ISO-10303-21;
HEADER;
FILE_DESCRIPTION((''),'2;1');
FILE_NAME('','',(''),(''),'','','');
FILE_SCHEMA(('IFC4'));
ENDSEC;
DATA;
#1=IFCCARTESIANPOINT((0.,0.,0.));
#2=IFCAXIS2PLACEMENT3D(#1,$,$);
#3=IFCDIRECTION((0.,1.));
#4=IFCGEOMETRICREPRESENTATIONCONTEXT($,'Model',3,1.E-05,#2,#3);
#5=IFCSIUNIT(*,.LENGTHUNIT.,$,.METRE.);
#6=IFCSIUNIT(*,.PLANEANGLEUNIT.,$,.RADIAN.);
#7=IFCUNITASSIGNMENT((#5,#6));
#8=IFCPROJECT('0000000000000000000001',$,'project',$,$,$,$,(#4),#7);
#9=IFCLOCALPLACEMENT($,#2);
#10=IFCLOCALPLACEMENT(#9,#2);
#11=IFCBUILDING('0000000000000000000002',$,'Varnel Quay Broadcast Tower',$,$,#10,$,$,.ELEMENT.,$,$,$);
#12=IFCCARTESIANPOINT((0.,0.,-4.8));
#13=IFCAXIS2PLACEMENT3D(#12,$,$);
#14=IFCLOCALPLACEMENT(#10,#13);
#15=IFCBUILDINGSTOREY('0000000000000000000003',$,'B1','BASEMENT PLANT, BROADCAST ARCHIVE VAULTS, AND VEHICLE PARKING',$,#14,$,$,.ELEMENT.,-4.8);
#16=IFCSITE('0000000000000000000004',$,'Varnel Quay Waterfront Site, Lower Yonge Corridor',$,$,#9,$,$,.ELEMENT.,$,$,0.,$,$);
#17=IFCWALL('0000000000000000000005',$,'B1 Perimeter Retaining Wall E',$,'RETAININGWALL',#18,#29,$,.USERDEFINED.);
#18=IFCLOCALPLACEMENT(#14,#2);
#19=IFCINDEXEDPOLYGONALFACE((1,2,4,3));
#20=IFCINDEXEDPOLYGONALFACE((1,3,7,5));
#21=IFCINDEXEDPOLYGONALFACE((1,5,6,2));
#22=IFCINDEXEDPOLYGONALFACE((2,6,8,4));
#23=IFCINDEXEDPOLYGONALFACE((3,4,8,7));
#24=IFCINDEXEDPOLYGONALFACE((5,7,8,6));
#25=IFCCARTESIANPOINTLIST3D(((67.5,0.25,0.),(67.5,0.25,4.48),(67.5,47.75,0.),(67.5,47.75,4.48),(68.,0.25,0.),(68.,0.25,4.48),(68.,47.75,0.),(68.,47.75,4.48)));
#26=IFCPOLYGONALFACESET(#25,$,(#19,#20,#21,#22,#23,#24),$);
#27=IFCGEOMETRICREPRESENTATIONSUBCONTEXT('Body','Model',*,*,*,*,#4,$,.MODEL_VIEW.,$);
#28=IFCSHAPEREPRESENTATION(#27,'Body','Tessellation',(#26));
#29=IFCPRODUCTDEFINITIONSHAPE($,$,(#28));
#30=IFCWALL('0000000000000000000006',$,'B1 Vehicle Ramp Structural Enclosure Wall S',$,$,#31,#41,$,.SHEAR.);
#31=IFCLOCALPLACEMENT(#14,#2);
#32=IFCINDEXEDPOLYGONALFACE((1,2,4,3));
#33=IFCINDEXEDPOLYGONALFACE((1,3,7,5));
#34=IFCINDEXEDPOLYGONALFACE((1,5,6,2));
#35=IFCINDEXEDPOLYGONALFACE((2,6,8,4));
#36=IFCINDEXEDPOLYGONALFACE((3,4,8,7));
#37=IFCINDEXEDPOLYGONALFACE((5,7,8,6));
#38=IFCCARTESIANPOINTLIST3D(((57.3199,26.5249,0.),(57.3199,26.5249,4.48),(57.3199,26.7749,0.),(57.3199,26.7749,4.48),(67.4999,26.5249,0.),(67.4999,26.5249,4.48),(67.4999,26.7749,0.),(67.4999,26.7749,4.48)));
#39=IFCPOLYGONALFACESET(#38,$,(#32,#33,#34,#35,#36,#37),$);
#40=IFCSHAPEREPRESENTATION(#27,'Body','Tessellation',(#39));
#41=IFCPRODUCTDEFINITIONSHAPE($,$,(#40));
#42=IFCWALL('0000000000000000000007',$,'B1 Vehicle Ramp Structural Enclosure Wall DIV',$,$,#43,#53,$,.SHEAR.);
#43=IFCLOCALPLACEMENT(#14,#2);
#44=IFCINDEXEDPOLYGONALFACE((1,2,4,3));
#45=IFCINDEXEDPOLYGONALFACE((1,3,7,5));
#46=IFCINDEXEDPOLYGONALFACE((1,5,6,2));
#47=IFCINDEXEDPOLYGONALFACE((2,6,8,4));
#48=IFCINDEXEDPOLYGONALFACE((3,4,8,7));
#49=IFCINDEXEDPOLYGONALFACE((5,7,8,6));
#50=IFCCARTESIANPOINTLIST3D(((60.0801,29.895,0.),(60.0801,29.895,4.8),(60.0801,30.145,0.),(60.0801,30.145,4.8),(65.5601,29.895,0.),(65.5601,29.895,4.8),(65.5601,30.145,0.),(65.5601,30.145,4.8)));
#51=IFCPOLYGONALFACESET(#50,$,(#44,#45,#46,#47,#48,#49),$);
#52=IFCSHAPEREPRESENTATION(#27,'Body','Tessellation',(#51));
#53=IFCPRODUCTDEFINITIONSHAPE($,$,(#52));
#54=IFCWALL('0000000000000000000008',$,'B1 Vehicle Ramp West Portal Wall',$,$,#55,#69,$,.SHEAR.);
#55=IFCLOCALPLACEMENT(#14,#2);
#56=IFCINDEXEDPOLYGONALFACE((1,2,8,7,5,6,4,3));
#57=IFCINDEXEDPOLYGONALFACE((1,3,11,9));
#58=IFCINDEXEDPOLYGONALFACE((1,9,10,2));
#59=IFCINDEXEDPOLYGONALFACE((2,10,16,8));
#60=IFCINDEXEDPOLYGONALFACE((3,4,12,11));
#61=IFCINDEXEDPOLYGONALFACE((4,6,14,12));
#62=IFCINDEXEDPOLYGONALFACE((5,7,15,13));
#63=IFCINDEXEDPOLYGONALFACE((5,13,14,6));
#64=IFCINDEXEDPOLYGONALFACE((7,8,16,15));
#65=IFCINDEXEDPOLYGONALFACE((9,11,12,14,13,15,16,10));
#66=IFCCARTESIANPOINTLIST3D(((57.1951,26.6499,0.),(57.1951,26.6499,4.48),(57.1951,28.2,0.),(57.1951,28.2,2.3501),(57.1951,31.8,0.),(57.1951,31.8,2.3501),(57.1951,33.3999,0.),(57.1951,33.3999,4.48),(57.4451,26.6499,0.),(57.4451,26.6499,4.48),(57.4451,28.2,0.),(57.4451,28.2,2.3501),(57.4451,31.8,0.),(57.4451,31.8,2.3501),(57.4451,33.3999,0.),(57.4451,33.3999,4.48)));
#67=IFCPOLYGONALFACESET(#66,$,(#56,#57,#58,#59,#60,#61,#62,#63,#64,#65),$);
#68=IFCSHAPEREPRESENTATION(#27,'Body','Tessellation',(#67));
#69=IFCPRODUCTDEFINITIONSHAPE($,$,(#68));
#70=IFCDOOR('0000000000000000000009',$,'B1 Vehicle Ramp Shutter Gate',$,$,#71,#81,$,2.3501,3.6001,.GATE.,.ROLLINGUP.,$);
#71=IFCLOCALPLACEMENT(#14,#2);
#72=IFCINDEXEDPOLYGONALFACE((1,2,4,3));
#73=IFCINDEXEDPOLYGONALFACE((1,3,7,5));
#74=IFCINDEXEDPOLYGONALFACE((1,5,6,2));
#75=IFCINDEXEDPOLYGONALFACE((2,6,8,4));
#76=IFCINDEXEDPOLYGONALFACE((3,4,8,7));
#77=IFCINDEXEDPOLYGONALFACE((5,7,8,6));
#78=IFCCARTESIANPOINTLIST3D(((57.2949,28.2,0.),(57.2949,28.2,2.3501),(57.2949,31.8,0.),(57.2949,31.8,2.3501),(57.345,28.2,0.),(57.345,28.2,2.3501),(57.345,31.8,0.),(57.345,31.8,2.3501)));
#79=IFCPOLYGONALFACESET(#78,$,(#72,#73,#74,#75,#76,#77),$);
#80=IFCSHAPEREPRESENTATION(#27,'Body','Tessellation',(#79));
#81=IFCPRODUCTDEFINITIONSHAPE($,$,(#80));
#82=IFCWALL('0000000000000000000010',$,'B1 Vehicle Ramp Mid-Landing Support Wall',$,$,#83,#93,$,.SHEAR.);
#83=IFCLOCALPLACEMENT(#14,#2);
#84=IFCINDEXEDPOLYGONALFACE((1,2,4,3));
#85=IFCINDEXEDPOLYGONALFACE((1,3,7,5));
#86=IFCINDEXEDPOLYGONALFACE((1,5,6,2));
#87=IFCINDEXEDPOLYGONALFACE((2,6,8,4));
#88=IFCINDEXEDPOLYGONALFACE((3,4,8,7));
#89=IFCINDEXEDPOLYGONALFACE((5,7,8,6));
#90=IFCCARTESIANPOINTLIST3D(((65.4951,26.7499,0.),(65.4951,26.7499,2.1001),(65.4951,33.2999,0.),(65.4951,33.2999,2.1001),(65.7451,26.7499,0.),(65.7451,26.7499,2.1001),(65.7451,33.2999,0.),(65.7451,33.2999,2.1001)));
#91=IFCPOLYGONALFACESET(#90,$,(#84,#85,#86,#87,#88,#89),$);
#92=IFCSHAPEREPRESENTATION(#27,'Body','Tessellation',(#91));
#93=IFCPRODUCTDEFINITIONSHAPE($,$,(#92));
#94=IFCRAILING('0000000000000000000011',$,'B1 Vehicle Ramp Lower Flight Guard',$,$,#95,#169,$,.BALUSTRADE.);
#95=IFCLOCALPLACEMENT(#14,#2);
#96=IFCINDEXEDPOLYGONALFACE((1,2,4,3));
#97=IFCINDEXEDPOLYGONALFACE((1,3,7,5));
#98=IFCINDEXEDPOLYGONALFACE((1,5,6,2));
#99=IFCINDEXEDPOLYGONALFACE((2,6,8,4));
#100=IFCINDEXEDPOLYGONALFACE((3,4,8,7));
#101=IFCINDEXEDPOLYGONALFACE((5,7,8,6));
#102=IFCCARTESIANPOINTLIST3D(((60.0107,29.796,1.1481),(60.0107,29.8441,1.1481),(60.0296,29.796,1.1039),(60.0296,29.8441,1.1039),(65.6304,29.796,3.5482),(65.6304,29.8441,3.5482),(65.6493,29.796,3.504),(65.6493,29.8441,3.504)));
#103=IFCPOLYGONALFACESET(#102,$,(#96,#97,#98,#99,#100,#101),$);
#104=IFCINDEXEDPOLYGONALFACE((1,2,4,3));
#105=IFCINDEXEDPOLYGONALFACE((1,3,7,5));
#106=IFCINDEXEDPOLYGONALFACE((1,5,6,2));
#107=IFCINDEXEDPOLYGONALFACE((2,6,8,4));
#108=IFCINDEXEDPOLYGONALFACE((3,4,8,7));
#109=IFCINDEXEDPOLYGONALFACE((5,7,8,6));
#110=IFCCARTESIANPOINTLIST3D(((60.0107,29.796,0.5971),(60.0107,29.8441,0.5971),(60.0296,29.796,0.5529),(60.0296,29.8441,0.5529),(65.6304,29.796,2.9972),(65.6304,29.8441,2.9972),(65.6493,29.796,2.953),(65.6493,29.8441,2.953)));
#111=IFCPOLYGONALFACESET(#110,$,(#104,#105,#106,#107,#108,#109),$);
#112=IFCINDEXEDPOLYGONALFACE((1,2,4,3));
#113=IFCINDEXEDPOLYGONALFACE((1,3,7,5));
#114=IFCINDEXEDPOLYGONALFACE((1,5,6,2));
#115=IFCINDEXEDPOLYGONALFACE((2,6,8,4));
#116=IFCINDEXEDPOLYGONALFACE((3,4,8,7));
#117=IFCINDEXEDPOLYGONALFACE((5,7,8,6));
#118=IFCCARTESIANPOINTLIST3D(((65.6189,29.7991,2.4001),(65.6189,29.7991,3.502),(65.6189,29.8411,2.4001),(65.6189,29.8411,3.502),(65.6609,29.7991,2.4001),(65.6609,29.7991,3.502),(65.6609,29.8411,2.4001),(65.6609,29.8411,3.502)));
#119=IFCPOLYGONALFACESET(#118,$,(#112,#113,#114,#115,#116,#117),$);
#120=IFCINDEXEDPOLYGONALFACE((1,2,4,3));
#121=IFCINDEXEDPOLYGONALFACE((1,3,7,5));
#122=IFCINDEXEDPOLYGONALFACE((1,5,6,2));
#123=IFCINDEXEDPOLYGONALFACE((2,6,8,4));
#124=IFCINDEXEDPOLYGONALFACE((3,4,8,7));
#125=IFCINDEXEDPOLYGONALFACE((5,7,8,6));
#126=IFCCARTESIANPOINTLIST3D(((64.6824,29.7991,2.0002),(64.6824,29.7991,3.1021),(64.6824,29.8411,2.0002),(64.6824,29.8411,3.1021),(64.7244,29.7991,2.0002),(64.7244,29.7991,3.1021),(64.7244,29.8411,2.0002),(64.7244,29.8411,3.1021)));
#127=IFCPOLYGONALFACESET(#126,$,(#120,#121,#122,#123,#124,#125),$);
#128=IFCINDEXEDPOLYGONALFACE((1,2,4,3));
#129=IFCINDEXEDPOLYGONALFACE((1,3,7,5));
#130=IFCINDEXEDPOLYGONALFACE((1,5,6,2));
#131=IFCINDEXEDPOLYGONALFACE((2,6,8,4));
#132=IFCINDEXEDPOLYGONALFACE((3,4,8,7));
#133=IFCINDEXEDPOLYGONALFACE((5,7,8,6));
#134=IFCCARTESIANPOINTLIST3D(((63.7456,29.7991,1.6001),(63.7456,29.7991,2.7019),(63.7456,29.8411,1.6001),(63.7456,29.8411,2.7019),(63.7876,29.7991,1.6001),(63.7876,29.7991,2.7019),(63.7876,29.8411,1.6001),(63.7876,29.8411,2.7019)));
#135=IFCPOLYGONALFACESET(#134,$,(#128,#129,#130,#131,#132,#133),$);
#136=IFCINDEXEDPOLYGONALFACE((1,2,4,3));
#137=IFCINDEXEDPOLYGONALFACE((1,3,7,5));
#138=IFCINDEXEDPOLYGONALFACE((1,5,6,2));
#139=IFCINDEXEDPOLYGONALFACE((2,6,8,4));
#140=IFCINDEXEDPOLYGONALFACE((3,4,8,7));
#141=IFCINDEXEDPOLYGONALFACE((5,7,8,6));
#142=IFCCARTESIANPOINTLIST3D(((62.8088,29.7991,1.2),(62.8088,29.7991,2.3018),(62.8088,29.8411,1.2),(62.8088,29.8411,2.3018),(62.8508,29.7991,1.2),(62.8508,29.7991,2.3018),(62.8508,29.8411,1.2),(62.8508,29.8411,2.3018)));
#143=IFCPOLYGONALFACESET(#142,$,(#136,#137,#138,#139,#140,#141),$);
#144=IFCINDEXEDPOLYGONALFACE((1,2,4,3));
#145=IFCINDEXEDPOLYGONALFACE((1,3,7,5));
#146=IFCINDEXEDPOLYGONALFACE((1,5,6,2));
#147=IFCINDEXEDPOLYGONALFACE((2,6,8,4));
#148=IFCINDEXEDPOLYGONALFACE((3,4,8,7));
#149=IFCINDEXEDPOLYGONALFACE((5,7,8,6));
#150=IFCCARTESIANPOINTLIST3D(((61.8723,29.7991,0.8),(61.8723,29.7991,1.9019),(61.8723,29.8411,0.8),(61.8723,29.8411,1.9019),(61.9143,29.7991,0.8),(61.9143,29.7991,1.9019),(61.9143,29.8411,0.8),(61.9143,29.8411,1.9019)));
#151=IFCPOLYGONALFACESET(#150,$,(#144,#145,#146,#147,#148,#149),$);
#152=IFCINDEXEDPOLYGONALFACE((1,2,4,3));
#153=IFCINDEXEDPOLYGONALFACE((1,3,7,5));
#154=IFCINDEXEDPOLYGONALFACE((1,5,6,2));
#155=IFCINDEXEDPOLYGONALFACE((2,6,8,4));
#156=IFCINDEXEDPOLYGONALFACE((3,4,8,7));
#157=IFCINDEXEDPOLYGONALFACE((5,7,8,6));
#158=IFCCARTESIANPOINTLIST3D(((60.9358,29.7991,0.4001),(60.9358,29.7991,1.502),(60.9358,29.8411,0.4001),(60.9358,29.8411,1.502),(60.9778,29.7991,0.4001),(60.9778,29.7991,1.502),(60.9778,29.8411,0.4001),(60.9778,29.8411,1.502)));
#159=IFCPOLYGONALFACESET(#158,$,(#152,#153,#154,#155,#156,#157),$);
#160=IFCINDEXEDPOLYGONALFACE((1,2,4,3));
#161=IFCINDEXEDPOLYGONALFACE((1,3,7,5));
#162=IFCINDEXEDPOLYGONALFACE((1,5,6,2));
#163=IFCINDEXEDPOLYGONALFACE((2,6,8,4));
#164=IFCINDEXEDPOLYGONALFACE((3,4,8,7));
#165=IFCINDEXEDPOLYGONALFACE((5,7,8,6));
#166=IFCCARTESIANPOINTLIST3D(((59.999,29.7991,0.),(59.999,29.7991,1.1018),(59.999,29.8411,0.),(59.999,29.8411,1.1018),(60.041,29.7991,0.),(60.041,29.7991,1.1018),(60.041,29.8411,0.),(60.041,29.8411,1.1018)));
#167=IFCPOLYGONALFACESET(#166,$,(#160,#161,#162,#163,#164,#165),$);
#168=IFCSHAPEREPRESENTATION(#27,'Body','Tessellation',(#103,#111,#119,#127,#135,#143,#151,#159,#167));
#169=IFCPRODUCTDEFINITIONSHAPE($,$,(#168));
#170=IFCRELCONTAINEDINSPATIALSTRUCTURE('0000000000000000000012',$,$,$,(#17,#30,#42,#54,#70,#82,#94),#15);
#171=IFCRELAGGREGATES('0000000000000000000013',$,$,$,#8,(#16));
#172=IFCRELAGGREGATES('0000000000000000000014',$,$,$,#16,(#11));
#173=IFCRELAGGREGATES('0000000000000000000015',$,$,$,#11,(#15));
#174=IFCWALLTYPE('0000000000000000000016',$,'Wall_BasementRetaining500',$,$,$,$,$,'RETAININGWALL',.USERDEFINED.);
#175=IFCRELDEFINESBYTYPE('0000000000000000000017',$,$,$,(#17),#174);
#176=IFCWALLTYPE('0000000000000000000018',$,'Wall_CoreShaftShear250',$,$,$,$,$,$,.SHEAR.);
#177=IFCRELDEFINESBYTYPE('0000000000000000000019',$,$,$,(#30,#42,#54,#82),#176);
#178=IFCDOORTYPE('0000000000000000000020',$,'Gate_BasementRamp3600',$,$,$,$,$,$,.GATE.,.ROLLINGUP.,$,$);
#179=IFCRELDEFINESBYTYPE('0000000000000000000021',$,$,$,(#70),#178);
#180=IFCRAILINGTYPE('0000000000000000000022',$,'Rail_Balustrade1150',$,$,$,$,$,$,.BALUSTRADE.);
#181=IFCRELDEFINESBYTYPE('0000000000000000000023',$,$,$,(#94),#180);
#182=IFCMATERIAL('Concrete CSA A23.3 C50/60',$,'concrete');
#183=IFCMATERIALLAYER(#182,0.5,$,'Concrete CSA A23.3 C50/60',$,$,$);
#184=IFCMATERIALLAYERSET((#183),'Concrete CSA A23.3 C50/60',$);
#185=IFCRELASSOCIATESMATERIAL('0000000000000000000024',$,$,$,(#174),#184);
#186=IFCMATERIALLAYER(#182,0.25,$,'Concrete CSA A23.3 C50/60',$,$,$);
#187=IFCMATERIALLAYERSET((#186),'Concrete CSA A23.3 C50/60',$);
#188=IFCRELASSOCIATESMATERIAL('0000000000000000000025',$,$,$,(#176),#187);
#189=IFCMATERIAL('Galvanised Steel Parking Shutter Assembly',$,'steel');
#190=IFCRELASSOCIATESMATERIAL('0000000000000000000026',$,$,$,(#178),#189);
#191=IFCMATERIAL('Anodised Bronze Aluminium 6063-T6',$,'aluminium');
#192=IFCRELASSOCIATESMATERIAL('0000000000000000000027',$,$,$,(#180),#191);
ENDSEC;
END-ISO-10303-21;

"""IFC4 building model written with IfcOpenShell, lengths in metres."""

from ifc_helpers import new_model, si_unit, direction, frame, frame_2d, origin, origin_2d, place, context, subcontext, project, spatial, rectangle, extrude, source, transform, mapped, material, layer, layer_set, type_object, type_shapes, element, fill, save


model = new_model("IFC4")

# Units and contexts
model_context = context("Model", 3, precision=1e-05, world=origin(), true_north=direction((0.0, 1.0)))
body_context = subcontext(model_context, "Body", "Model", "MODEL_VIEW")
ifc_project = project(units=[si_unit("LENGTHUNIT", "METRE"), si_unit("PLANEANGLEUNIT", "RADIAN")], contexts=[model_context])

# Site, building, storey
site_placement = place(None, origin())
site = spatial("IfcSite", under=ifc_project, at=site_placement, Name="Varnel Quay Waterfront Site, Lower Yonge Corridor", CompositionType="ELEMENT", RefElevation=0.0)
building_placement = place(site_placement, origin())
building = spatial("IfcBuilding", under=site, at=building_placement, Name="Varnel Quay Broadcast Tower", CompositionType="ELEMENT")
storey_placement = place(building_placement, frame((0.0, 0.0, -4.8)))
storey = spatial("IfcBuildingStorey", under=building, at=storey_placement, Name="B1", Description="BASEMENT PLANT, BROADCAST ARCHIVE VAULTS, AND VEHICLE PARKING", CompositionType="ELEMENT", Elevation=-4.8)

# Shared definitions
ifc_material_1 = material(Name="Concrete CSA A23.3 C50/60", Category="concrete")

# Walls
ifc_layer_1 = layer(ifc_material_1, 0.5, Name="Concrete CSA A23.3 C50/60")
ifc_layer_set_1 = layer_set([ifc_layer_1], Name="Concrete CSA A23.3 C50/60")
wall_type_1 = type_object("IfcWallType", Name="Wall_BasementRetaining500", ElementType="RETAININGWALL", PredefinedType="USERDEFINED", material=ifc_layer_set_1)
wall_1_placement = place(storey_placement, frame((67.75, 0.25, 0.0), z_axis=(0.0, 0.0, 1.0), x_axis=(0.0, 1.0, 0.0)))
element("IfcWall", 1, at=wall_1_placement, inside=storey, type_object=wall_type_1, Name="B1 Perimeter Retaining Wall E", ObjectType="RETAININGWALL", PredefinedType="USERDEFINED", context=body_context, shape_type="SweptSolid", body=[
    extrude(rectangle(XDim=47.5, YDim=0.5, at=frame_2d((23.75, 0.0))), origin(), (0.0, 0.0, 1.0), 4.48),
])
ifc_layer_2 = layer(ifc_material_1, 0.25, Name="Concrete CSA A23.3 C50/60")
ifc_layer_set_2 = layer_set([ifc_layer_2], Name="Concrete CSA A23.3 C50/60")
wall_type_2 = type_object("IfcWallType", Name="Wall_CoreShaftShear250", PredefinedType="SHEAR", material=ifc_layer_set_2)
wall_2_placement = place(storey_placement, frame((57.3201, 26.6499, 0.0), z_axis=(0.0, 0.0, 1.0), x_axis=(1.0, 0.0, 0.0)))
element("IfcWall", 2, at=wall_2_placement, inside=storey, type_object=wall_type_2, Name="B1 Vehicle Ramp Structural Enclosure Wall S", PredefinedType="SHEAR", context=body_context, shape_type="SweptSolid", body=[
    extrude(rectangle(XDim=10.1799, YDim=0.25, at=frame_2d((5.0898, 0.0))), origin(), (0.0, 0.0, 1.0), 4.48),
])
wall_3_placement = place(storey_placement, frame((60.0801, 30.02, 0.0), z_axis=(0.0, 0.0, 1.0), x_axis=(1.0, 0.0, 0.0)))
element("IfcWall", 3, at=wall_3_placement, inside=storey, type_object=wall_type_2, Name="B1 Vehicle Ramp Structural Enclosure Wall DIV", PredefinedType="SHEAR", context=body_context, shape_type="SweptSolid", body=[
    extrude(rectangle(XDim=5.48, YDim=0.25, at=frame_2d((2.74, 0.0))), origin(), (0.0, 0.0, 1.0), 4.8),
])

# Wall, opening, door
wall_4_placement = place(storey_placement, frame((57.3201, 26.6499, 0.0), z_axis=(0.0, 0.0, 1.0), x_axis=(0.0, 1.0, 0.0)))
wall_4 = element("IfcWall", 4, at=wall_4_placement, inside=storey, type_object=wall_type_2, Name="B1 Vehicle Ramp West Portal Wall", PredefinedType="SHEAR", context=body_context, shape_type="SweptSolid", body=[
    extrude(rectangle(XDim=6.75, YDim=0.25, at=frame_2d((3.375, 0.0))), origin(), (0.0, 0.0, 1.0), 4.48),
])
opening_placement = place(wall_4_placement, frame((1.55, 0.0, 0.0)))
opening = element("IfcOpeningElement", 5, at=opening_placement, cuts=wall_4, PredefinedType="OPENING", context=body_context, shape_type="SweptSolid", body=[
    extrude(rectangle(XDim=3.6001, YDim=2.3501, at=frame_2d((1.8, 1.175))), frame((0.0, 0.135, 0.0), z_axis=(0.0, -1.0, 0.0), x_axis=(1.0, 0.0, 0.0)), (0.0, 0.0, 1.0), 0.27),
])
ifc_material_2 = material(Name="Galvanised Steel Parking Shutter Assembly", Category="steel")
door_type = type_object("IfcDoorType", Name="Gate_BasementRamp3600", OperationType="ROLLINGUP", PredefinedType="GATE", material=ifc_material_2)
shared_shape_1 = source(origin(), body_context, "Body", "SweptSolid", [
    extrude(rectangle(XDim=3.6001, YDim=2.3501, at=frame_2d((1.8, 1.175))), frame((0.0, 0.0249, 0.0), z_axis=(0.0, -1.0, 0.0), x_axis=(1.0, 0.0, 0.0)), (0.0, 0.0, 1.0), 0.05),
])
type_shapes(door_type, [shared_shape_1])
door_placement = place(opening_placement, frame((3.6001, 0.0, 0.0), z_axis=(0.0, 0.0, 1.0), x_axis=(-1.0, 0.0, 0.0)))
door = element("IfcDoor", 6, at=door_placement, inside=storey, type_object=door_type, Name="B1 Vehicle Ramp Shutter Gate", OperationType="ROLLINGUP", OverallHeight=2.3501, OverallWidth=3.6001, PredefinedType="GATE", context=body_context, shape_type="MappedRepresentation", body=[
    mapped(shared_shape_1, transform((0.0, 0.0, 0.0), x_axis=(1.0, 0.0, 0.0), y_axis=(0.0, 1.0, 0.0), z_axis=(0.0, 0.0, 1.0), scale=1.0)),
])
fill(opening, door)

# Wall
wall_5_placement = place(storey_placement, frame((65.6201, 26.75, 0.0), z_axis=(0.0, 0.0, 1.0), x_axis=(0.0, 1.0, 0.0)))
element("IfcWall", 7, at=wall_5_placement, inside=storey, type_object=wall_type_2, Name="B1 Vehicle Ramp Mid-Landing Support Wall", PredefinedType="SHEAR", context=body_context, shape_type="SweptSolid", body=[
    extrude(rectangle(XDim=6.55, YDim=0.25, at=frame_2d((3.2749, 0.0))), origin(), (0.0, 0.0, 1.0), 2.1001),
])

# Railing
ifc_material_3 = material(Name="Anodised Bronze Aluminium 6063-T6", Category="aluminium")
railing_type = type_object("IfcRailingType", Name="Rail_Balustrade1150", PredefinedType="BALUSTRADE", material=ifc_material_3)
railing_placement = place(storey_placement, frame((65.6399, 29.8201, 2.4001)))
element("IfcRailing", 8, at=railing_placement, inside=storey, type_object=railing_type, Name="B1 Vehicle Ramp Lower Flight Guard", PredefinedType="BALUSTRADE", context=body_context, shape_type="SweptSolid", body=[
    extrude(rectangle(XDim=0.0481, YDim=0.0481, at=origin_2d()), frame((0.0, 0.0, 1.126), z_axis=(-0.91964, 0.0, -0.392762), x_axis=(0.0, -1.0, 0.0)), (0.0, 0.0, 1.0), 6.1108),
    extrude(rectangle(XDim=0.0481, YDim=0.0481, at=origin_2d()), frame((0.0, 0.0, 0.575), z_axis=(-0.91964, 0.0, -0.392762), x_axis=(0.0, -1.0, 0.0)), (0.0, 0.0, 1.0), 6.1108),
    extrude(rectangle(XDim=0.042, YDim=0.042, at=origin_2d()), origin(), (0.0, 0.0, 1.0), 1.1018),
    extrude(rectangle(XDim=0.042, YDim=0.042, at=origin_2d()), frame((-0.9365, 0.0, -0.3999)), (0.0, 0.0, 1.0), 1.1018),
    extrude(rectangle(XDim=0.042, YDim=0.042, at=origin_2d()), frame((-1.8733, 0.0, -0.8)), (0.0, 0.0, 1.0), 1.1018),
    extrude(rectangle(XDim=0.042, YDim=0.042, at=origin_2d()), frame((-2.8101, 0.0, -1.2002)), (0.0, 0.0, 1.0), 1.1018),
    extrude(rectangle(XDim=0.042, YDim=0.042, at=origin_2d()), frame((-3.7466, 0.0, -1.6001)), (0.0, 0.0, 1.0), 1.1018),
    extrude(rectangle(XDim=0.042, YDim=0.042, at=origin_2d()), frame((-4.6831, 0.0, -2.0)), (0.0, 0.0, 1.0), 1.1018),
    extrude(rectangle(XDim=0.042, YDim=0.042, at=origin_2d()), frame((-5.6199, 0.0, -2.4001)), (0.0, 0.0, 1.0), 1.1018),
])

save(model, "model.ifc")
